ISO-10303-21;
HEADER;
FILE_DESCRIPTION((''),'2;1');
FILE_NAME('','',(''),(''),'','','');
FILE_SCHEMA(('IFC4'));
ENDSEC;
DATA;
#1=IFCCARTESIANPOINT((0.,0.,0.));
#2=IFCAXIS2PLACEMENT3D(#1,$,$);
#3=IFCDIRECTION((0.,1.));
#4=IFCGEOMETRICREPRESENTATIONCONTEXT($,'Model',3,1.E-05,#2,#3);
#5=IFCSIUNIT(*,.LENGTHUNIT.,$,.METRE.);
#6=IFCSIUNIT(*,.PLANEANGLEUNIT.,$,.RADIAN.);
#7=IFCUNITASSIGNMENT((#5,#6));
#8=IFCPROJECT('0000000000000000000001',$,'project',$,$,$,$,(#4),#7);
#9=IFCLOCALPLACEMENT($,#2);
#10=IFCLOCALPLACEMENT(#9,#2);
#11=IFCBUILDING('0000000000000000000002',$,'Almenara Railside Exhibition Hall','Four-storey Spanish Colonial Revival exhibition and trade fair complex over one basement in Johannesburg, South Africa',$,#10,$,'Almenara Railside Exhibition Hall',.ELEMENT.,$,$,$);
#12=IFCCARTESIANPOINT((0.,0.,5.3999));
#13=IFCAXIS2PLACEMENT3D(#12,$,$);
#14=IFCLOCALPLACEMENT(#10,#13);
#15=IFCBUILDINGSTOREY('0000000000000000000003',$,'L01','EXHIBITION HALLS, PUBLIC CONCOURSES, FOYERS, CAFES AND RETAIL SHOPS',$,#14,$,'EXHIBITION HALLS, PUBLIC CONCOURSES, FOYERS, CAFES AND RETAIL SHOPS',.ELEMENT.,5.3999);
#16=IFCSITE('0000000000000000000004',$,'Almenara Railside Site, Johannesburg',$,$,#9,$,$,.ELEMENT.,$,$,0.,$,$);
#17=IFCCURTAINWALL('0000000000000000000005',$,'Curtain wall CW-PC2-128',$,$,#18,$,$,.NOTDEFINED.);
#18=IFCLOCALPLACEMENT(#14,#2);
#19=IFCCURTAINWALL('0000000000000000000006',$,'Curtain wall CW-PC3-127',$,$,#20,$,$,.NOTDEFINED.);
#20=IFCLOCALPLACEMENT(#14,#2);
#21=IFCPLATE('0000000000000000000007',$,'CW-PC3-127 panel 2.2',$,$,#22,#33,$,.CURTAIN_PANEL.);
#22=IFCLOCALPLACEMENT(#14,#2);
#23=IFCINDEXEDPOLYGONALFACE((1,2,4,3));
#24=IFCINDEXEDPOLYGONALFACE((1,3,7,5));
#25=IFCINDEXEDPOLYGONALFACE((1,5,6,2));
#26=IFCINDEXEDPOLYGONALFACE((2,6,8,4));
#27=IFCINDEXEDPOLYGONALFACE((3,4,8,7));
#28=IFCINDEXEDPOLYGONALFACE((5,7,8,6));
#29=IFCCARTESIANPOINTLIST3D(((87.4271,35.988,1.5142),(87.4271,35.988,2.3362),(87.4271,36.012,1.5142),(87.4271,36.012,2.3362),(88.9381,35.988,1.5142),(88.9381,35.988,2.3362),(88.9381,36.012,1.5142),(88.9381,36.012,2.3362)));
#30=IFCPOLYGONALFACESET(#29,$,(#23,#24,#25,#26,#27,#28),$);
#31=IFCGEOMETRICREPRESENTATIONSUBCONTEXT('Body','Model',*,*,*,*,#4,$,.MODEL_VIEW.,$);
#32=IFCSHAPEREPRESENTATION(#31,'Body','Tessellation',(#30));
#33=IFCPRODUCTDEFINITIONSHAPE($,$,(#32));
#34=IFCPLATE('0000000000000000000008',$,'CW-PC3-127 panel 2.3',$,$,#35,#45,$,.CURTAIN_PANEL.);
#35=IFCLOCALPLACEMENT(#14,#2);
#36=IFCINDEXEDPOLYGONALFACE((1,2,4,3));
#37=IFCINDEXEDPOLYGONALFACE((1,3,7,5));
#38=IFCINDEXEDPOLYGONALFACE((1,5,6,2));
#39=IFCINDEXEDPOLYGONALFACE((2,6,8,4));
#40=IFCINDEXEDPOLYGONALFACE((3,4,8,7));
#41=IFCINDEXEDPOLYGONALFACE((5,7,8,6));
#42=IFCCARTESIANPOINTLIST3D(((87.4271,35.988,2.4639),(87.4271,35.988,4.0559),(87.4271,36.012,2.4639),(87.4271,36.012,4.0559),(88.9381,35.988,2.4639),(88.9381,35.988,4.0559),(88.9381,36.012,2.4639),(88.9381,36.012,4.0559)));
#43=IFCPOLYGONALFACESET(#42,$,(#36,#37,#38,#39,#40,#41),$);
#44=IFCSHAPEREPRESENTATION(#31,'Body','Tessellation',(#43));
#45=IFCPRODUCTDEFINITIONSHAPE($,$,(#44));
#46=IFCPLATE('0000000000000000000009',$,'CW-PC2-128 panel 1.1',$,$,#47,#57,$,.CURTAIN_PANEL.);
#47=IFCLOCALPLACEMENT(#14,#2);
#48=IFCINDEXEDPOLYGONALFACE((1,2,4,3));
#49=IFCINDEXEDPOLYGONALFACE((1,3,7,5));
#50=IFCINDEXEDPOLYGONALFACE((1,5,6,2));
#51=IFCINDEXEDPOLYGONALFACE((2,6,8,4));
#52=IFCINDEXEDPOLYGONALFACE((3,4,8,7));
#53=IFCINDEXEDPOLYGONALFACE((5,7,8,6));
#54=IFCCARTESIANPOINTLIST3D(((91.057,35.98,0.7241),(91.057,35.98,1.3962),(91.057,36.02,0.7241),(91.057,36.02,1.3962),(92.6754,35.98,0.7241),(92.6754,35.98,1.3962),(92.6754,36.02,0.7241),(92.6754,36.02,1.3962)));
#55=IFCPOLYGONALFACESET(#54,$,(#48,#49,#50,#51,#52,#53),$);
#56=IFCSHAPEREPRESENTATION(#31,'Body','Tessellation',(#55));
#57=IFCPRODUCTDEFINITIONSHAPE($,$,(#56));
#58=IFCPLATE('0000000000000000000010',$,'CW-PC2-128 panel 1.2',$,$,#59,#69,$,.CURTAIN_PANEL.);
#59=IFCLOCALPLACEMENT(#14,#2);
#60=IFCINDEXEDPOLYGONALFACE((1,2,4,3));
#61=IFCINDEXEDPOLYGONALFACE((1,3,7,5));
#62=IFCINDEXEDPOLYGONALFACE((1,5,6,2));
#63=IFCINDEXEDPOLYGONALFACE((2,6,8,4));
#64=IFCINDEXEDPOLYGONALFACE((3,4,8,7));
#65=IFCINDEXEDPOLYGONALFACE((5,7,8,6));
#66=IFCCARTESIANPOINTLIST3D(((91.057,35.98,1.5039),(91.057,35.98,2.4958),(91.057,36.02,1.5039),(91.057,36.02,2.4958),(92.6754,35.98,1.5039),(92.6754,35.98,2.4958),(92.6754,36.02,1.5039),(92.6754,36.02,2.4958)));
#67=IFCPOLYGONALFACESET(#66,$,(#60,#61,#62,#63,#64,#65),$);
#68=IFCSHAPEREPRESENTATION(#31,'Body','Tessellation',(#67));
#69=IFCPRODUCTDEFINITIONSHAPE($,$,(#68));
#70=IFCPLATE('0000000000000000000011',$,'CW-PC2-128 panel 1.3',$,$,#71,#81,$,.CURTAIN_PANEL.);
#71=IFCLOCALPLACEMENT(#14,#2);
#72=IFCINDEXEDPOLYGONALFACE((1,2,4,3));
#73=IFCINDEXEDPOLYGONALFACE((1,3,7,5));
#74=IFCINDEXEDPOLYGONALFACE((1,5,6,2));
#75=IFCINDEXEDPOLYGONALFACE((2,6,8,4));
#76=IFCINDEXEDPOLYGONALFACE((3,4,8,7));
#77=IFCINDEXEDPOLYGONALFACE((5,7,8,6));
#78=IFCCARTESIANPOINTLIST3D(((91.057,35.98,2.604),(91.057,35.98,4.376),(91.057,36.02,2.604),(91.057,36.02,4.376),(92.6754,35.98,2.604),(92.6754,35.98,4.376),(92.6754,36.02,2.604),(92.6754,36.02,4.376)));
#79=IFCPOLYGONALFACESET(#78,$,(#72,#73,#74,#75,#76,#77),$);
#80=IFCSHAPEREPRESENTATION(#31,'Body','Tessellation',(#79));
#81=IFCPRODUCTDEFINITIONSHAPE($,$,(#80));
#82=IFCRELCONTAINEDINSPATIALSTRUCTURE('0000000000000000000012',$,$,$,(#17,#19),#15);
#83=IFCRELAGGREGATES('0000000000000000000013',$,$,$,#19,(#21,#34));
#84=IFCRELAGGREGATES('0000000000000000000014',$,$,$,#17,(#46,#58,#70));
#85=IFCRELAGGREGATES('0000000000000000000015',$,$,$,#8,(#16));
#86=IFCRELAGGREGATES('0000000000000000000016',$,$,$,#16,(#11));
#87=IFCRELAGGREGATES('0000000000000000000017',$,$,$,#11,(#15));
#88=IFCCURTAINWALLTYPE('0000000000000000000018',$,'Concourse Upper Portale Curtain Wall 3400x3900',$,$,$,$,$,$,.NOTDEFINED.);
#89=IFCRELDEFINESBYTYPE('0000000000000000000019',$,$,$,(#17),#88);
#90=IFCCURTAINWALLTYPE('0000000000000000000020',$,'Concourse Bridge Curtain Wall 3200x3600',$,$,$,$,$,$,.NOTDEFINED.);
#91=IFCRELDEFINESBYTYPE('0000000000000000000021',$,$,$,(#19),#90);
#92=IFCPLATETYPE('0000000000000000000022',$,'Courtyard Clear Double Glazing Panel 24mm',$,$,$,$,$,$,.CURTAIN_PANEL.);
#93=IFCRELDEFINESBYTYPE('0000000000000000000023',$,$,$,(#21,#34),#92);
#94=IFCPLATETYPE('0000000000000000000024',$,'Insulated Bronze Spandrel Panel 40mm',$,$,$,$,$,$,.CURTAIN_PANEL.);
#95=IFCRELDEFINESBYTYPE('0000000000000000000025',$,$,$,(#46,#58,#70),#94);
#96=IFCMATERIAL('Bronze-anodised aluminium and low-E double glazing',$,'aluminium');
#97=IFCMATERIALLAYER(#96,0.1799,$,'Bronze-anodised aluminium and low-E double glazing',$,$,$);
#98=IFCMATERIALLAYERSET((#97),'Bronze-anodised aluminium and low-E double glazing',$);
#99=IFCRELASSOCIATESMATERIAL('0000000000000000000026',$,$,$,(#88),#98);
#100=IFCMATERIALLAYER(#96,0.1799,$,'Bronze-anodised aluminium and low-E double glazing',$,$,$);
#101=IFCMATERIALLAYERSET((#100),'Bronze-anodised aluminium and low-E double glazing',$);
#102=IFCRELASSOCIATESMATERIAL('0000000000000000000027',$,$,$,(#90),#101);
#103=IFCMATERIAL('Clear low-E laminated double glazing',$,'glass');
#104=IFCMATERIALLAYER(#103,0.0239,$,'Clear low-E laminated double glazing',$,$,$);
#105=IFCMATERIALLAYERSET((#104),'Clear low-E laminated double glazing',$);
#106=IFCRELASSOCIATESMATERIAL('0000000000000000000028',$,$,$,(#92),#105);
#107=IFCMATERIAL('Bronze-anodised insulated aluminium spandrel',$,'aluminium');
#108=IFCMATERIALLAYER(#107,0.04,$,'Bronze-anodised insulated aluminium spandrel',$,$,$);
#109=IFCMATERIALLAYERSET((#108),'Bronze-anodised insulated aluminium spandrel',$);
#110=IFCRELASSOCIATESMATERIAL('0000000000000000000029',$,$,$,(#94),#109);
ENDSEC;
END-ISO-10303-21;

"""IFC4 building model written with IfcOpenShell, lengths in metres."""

from ifc_helpers import new_model, si_unit, direction, frame, origin, origin_2d, place, context, subcontext, project, spatial, rectangle, extrude, material, layer, layer_set, type_object, element, aggregate, save


model = new_model("IFC4")

# Units and contexts
model_context = context("Model", 3, precision=1e-05, world=origin(), true_north=direction((0.0, 1.0)))
body_context = subcontext(model_context, "Body", "Model", "MODEL_VIEW")
ifc_project = project(units=[si_unit("LENGTHUNIT", "METRE"), si_unit("PLANEANGLEUNIT", "RADIAN")], contexts=[model_context])

# Site, building, storey
site_placement = place(None, origin())
site = spatial("IfcSite", under=ifc_project, at=site_placement, Name="Almenara Railside Site, Johannesburg", CompositionType="ELEMENT", RefElevation=0.0)
building_placement = place(site_placement, origin())
building = spatial("IfcBuilding", under=site, at=building_placement, Name="Almenara Railside Exhibition Hall", Description="Four-storey Spanish Colonial Revival exhibition and trade fair complex over one basement in Johannesburg, South Africa", LongName="Almenara Railside Exhibition Hall", CompositionType="ELEMENT")
storey_placement = place(building_placement, frame((0.0, 0.0, 5.3999)))
storey = spatial("IfcBuildingStorey", under=building, at=storey_placement, Name="L01", Description="EXHIBITION HALLS, PUBLIC CONCOURSES, FOYERS, CAFES AND RETAIL SHOPS", LongName="EXHIBITION HALLS, PUBLIC CONCOURSES, FOYERS, CAFES AND RETAIL SHOPS", CompositionType="ELEMENT", Elevation=5.3999)

# Curtain walls
ifc_material_1 = material(Name="Bronze-anodised aluminium and low-E double glazing", Category="aluminium")
ifc_layer_1 = layer(ifc_material_1, 0.1799, Name="Bronze-anodised aluminium and low-E double glazing")
ifc_layer_set_1 = layer_set([ifc_layer_1], Name="Bronze-anodised aluminium and low-E double glazing")
curtain_wall_type_1 = type_object("IfcCurtainWallType", Name="Concourse Upper Portale Curtain Wall 3400x3900", PredefinedType="NOTDEFINED", material=ifc_layer_set_1)
curtain_wall_1_placement = place(storey_placement, origin())
curtain_wall_1 = element("IfcCurtainWall", 1, at=curtain_wall_1_placement, inside=storey, type_object=curtain_wall_type_1, Name="Curtain wall CW-PC2-128", PredefinedType="NOTDEFINED")
ifc_layer_2 = layer(ifc_material_1, 0.1799, Name="Bronze-anodised aluminium and low-E double glazing")
ifc_layer_set_2 = layer_set([ifc_layer_2], Name="Bronze-anodised aluminium and low-E double glazing")
curtain_wall_type_2 = type_object("IfcCurtainWallType", Name="Concourse Bridge Curtain Wall 3200x3600", PredefinedType="NOTDEFINED", material=ifc_layer_set_2)
curtain_wall_2_placement = place(storey_placement, origin())
curtain_wall_2 = element("IfcCurtainWall", 2, at=curtain_wall_2_placement, inside=storey, type_object=curtain_wall_type_2, Name="Curtain wall CW-PC3-127", PredefinedType="NOTDEFINED")

# Plates
ifc_material_2 = material(Name="Clear low-E laminated double glazing", Category="glass")
ifc_layer_3 = layer(ifc_material_2, 0.0239, Name="Clear low-E laminated double glazing")
ifc_layer_set_3 = layer_set([ifc_layer_3], Name="Clear low-E laminated double glazing")
plate_type_1 = type_object("IfcPlateType", Name="Courtyard Clear Double Glazing Panel 24mm", PredefinedType="CURTAIN_PANEL", material=ifc_layer_set_3)
plate_1_placement = place(storey_placement, frame((88.1826, 36.0, 1.5142), z_axis=(0.0, 0.0, 1.0), x_axis=(1.0, 0.0, 0.0)))
plate_1 = element("IfcPlate", 3, at=plate_1_placement, type_object=plate_type_1, Name="CW-PC3-127 panel 2.2", PredefinedType="CURTAIN_PANEL", context=body_context, shape_type="SweptSolid", body=[
    extrude(rectangle(XDim=1.511, YDim=0.0239, at=origin_2d()), origin(), (0.0, 0.0, 1.0), 0.822),
])
plate_2_placement = place(storey_placement, frame((88.1826, 36.0, 2.4639), z_axis=(0.0, 0.0, 1.0), x_axis=(1.0, 0.0, 0.0)))
plate_2 = element("IfcPlate", 4, at=plate_2_placement, type_object=plate_type_1, Name="CW-PC3-127 panel 2.3", PredefinedType="CURTAIN_PANEL", context=body_context, shape_type="SweptSolid", body=[
    extrude(rectangle(XDim=1.511, YDim=0.0239, at=origin_2d()), origin(), (0.0, 0.0, 1.0), 1.592),
])
aggregate(curtain_wall_2, [plate_1, plate_2])
ifc_material_3 = material(Name="Bronze-anodised insulated aluminium spandrel", Category="aluminium")
ifc_layer_4 = layer(ifc_material_3, 0.04, Name="Bronze-anodised insulated aluminium spandrel")
ifc_layer_set_4 = layer_set([ifc_layer_4], Name="Bronze-anodised insulated aluminium spandrel")
plate_type_2 = type_object("IfcPlateType", Name="Insulated Bronze Spandrel Panel 40mm", PredefinedType="CURTAIN_PANEL", material=ifc_layer_set_4)
plate_3_placement = place(storey_placement, frame((91.8662, 36.0, 0.7241), z_axis=(0.0, 0.0, 1.0), x_axis=(1.0, 0.0, 0.0)))
plate_3 = element("IfcPlate", 5, at=plate_3_placement, type_object=plate_type_2, Name="CW-PC2-128 panel 1.1", PredefinedType="CURTAIN_PANEL", context=body_context, shape_type="SweptSolid", body=[
    extrude(rectangle(XDim=1.6184, YDim=0.04, at=origin_2d()), origin(), (0.0, 0.0, 1.0), 0.6721),
])
plate_4_placement = place(storey_placement, frame((91.8662, 36.0, 1.5039), z_axis=(0.0, 0.0, 1.0), x_axis=(1.0, 0.0, 0.0)))
plate_4 = element("IfcPlate", 6, at=plate_4_placement, type_object=plate_type_2, Name="CW-PC2-128 panel 1.2", PredefinedType="CURTAIN_PANEL", context=body_context, shape_type="SweptSolid", body=[
    extrude(rectangle(XDim=1.6184, YDim=0.04, at=origin_2d()), origin(), (0.0, 0.0, 1.0), 0.9919),
])
plate_5_placement = place(storey_placement, frame((91.8662, 36.0, 2.604), z_axis=(0.0, 0.0, 1.0), x_axis=(1.0, 0.0, 0.0)))
plate_5 = element("IfcPlate", 7, at=plate_5_placement, type_object=plate_type_2, Name="CW-PC2-128 panel 1.3", PredefinedType="CURTAIN_PANEL", context=body_context, shape_type="SweptSolid", body=[
    extrude(rectangle(XDim=1.6184, YDim=0.04, at=origin_2d()), origin(), (0.0, 0.0, 1.0), 1.772),
])
aggregate(curtain_wall_1, [plate_3, plate_4, plate_5])

save(model, "model.ifc")
